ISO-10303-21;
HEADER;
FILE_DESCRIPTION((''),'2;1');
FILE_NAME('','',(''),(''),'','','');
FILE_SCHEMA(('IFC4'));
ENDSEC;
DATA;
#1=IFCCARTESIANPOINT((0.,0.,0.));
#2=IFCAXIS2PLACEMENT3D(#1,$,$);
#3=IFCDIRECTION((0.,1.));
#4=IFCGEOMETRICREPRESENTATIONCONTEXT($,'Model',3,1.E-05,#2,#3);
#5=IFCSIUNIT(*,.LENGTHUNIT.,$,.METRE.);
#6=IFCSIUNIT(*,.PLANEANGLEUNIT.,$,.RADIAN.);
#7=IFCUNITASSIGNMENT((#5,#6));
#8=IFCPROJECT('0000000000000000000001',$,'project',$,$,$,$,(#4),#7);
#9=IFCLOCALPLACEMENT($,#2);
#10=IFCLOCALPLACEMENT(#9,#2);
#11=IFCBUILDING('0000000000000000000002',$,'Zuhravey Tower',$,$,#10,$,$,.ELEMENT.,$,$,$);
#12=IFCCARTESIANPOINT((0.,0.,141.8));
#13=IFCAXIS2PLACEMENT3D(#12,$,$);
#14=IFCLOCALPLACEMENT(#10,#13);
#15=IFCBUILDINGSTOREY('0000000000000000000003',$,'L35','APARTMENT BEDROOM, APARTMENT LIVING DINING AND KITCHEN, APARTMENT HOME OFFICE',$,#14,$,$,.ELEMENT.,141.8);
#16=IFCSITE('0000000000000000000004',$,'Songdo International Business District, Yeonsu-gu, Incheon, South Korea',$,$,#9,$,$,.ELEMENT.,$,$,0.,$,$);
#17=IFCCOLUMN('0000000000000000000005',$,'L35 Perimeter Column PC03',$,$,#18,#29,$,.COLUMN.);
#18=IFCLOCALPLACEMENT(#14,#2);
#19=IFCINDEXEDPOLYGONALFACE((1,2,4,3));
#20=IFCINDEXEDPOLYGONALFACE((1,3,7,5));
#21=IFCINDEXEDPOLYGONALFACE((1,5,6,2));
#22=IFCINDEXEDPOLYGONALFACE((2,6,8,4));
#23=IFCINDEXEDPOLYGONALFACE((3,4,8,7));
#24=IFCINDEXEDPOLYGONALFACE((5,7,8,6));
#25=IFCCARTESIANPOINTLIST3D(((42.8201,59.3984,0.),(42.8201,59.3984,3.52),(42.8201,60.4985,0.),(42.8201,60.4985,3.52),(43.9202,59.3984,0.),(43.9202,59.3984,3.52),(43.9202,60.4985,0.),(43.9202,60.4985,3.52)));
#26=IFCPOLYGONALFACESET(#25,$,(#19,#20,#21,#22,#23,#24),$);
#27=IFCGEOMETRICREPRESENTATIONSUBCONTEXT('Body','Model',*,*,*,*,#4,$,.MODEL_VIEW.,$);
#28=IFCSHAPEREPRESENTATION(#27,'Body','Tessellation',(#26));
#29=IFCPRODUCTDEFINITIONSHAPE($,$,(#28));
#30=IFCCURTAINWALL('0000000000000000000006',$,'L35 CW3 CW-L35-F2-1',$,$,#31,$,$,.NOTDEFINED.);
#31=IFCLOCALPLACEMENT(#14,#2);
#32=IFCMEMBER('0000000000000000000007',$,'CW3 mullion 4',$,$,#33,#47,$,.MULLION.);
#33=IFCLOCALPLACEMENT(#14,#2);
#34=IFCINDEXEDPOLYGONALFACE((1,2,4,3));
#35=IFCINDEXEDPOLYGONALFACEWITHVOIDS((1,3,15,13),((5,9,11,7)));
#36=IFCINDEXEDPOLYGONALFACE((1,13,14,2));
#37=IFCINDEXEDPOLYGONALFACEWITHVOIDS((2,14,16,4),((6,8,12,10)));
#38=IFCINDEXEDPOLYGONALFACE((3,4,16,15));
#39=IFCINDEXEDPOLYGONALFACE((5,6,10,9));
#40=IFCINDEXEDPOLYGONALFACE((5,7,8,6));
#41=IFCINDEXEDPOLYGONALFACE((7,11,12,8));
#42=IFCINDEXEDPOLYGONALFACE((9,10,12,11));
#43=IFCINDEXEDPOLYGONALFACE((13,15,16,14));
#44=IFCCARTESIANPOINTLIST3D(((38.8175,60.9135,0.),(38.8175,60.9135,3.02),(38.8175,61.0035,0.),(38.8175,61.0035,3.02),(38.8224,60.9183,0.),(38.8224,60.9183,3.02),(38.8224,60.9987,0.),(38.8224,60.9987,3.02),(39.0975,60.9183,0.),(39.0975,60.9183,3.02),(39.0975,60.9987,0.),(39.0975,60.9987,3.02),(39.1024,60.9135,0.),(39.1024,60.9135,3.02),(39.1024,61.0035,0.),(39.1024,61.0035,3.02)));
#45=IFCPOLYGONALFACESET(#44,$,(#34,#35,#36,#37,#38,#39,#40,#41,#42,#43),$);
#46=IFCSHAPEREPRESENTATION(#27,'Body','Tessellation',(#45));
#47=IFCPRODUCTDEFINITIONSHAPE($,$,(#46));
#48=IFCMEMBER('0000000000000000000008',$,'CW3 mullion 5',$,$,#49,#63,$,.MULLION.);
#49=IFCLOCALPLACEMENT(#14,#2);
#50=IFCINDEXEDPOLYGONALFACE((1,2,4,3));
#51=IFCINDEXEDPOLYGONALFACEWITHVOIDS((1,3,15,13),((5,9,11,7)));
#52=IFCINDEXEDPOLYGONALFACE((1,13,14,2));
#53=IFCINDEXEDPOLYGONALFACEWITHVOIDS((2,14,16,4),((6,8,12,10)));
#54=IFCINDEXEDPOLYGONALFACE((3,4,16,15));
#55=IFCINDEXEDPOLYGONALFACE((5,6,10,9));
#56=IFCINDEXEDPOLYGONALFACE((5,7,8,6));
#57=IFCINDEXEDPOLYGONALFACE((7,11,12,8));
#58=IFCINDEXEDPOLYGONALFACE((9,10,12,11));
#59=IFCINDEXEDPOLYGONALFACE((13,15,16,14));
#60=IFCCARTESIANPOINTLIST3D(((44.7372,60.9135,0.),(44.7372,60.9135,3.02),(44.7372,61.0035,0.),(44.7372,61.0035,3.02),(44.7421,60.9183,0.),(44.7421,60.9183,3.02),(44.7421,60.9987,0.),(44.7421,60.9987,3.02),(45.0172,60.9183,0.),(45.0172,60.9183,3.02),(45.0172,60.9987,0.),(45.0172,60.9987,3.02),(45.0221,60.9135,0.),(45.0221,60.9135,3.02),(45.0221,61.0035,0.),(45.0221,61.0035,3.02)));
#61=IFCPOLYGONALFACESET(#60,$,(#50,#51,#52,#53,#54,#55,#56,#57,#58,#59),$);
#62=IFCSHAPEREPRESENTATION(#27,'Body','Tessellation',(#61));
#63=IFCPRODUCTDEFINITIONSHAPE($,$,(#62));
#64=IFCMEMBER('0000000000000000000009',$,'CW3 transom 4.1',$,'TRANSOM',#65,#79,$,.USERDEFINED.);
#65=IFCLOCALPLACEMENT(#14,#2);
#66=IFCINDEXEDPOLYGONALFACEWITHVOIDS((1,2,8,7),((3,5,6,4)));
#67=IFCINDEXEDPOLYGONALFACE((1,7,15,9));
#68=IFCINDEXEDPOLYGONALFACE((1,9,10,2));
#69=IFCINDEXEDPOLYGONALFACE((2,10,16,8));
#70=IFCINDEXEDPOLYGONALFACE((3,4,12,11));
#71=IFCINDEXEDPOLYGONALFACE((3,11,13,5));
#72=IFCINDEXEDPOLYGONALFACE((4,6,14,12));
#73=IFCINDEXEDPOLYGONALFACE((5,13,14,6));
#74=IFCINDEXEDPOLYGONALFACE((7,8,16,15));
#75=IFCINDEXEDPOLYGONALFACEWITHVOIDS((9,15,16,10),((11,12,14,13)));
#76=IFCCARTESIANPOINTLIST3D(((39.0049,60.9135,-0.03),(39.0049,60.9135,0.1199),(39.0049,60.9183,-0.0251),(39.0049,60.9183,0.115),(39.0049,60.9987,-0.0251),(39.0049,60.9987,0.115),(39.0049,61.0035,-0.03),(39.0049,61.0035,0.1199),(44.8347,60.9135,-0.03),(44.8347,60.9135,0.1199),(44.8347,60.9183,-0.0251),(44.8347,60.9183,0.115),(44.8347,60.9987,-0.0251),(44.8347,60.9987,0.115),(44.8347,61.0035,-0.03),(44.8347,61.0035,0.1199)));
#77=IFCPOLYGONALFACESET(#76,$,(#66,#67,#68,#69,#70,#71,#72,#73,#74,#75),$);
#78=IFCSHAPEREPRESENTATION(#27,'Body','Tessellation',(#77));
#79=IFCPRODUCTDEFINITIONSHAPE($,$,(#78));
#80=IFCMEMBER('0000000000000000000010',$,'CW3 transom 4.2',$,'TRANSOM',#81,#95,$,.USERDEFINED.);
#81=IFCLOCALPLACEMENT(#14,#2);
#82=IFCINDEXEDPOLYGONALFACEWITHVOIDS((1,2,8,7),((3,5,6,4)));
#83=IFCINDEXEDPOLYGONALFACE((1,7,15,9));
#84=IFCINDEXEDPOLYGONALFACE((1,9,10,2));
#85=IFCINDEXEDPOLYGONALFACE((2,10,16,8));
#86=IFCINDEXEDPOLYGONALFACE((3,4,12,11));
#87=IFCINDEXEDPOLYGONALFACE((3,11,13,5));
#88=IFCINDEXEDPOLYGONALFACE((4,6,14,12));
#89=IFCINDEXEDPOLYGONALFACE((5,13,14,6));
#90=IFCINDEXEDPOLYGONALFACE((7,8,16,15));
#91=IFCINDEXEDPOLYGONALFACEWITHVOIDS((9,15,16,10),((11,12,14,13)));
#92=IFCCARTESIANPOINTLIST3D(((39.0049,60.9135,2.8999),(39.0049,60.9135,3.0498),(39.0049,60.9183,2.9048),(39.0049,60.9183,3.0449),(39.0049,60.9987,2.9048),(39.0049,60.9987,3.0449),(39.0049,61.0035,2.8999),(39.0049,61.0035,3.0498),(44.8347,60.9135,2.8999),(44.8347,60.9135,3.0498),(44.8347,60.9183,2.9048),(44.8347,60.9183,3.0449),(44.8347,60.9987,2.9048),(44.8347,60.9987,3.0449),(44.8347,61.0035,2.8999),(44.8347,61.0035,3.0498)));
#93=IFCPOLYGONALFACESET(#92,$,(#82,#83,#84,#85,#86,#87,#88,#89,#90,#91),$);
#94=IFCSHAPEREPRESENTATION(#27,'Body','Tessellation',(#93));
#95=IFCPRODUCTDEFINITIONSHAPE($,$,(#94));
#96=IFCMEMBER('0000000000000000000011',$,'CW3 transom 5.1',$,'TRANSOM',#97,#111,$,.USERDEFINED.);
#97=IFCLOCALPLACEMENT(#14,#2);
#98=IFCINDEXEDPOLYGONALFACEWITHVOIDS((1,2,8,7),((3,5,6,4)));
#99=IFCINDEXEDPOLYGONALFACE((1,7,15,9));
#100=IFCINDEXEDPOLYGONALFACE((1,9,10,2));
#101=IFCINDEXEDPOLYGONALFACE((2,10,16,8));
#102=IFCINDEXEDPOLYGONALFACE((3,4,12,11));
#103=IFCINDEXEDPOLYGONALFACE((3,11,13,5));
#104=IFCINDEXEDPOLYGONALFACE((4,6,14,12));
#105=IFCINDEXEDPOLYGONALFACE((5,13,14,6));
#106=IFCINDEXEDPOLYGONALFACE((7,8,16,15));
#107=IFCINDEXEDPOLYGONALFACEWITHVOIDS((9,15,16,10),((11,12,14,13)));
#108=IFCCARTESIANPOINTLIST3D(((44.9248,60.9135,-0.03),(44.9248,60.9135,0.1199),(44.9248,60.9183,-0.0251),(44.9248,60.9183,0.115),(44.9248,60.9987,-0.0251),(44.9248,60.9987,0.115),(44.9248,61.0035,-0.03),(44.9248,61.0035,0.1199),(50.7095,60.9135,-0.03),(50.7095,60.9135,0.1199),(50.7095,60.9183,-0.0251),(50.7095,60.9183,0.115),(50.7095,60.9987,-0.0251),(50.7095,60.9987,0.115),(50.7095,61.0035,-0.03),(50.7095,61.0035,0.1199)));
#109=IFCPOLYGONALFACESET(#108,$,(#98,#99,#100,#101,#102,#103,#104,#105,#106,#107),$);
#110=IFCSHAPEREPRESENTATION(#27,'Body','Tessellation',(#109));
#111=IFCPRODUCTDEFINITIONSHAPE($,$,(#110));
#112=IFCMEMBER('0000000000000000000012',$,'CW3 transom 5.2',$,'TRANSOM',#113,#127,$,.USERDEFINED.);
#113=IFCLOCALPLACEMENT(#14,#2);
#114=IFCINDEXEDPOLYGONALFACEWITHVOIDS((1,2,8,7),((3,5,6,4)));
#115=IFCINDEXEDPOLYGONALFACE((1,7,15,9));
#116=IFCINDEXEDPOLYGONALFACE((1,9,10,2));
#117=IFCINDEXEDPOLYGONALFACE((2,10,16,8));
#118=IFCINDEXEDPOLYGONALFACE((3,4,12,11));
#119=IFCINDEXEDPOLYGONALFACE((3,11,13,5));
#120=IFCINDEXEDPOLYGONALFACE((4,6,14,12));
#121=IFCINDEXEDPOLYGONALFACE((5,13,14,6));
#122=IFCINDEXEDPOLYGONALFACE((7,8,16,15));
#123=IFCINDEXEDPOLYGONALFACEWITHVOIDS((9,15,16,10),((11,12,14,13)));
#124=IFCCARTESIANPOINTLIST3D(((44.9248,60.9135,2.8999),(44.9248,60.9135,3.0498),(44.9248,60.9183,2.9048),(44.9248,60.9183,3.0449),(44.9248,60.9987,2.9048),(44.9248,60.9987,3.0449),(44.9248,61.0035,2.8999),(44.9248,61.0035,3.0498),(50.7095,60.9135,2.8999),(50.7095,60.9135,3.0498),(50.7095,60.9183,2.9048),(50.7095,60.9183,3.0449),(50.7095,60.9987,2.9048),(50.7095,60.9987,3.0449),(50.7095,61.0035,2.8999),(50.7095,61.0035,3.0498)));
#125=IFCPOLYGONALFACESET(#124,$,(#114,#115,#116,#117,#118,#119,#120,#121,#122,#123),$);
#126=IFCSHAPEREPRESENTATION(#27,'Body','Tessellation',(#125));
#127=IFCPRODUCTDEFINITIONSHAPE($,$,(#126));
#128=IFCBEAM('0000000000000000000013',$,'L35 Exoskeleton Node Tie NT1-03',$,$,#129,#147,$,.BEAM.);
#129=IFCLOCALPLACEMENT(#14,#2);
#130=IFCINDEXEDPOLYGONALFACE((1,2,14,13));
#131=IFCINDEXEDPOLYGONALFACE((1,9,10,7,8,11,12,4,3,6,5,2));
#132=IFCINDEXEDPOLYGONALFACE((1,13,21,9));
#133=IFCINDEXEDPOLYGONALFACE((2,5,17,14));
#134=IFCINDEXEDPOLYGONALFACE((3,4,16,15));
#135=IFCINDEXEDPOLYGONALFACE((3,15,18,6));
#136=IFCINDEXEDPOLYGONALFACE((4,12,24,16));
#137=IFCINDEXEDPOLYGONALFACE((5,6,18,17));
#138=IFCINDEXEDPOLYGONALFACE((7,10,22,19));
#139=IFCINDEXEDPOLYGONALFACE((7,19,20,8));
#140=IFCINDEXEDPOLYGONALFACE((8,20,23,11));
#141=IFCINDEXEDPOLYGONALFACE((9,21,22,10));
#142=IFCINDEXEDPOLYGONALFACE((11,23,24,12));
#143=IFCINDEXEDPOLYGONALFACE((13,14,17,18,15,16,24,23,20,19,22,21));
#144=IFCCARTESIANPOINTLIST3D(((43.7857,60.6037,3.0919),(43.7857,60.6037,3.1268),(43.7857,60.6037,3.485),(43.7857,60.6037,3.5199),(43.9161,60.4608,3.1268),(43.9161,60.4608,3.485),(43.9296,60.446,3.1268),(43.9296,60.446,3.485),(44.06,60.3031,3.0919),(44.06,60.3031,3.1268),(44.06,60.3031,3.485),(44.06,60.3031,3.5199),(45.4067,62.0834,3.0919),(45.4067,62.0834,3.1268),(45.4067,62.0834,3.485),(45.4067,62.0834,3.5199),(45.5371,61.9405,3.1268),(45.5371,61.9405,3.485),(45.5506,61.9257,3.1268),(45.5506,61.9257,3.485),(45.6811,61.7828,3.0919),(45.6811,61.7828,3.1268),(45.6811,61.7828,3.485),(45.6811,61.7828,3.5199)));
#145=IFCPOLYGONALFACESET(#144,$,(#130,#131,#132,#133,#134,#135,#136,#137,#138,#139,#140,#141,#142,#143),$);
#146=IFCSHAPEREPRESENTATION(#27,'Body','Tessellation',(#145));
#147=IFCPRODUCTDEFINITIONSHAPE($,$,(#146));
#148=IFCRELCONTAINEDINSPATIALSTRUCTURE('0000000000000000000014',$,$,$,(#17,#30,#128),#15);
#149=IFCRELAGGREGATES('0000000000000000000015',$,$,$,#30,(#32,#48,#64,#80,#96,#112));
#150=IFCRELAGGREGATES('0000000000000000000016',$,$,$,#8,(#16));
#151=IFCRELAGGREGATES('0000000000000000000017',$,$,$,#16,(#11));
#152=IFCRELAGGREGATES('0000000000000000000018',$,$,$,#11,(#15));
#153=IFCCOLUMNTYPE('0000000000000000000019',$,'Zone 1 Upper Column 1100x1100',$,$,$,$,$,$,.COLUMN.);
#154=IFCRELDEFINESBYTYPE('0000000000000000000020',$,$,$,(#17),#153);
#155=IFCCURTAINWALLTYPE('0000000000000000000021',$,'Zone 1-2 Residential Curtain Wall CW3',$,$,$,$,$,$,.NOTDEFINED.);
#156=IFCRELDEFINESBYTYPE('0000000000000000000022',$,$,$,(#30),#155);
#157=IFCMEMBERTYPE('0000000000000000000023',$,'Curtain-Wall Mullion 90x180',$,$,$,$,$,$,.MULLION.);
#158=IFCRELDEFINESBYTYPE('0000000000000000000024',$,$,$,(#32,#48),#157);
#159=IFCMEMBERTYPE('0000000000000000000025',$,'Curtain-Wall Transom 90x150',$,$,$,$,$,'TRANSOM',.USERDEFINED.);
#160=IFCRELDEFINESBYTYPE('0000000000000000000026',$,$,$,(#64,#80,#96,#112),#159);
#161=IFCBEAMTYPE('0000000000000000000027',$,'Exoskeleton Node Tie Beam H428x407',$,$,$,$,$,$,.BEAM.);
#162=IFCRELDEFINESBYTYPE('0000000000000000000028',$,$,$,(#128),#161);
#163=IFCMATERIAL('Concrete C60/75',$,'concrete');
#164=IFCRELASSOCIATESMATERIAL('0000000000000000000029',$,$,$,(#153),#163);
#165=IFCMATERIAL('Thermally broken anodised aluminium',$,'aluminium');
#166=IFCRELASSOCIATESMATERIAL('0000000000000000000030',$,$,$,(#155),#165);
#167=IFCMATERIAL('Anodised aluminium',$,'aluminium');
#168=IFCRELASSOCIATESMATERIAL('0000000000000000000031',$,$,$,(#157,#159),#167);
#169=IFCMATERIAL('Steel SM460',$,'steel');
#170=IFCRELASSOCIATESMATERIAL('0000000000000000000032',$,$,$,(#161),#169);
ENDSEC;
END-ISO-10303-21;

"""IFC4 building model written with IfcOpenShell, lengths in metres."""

from ifc_helpers import new_model, si_unit, direction, frame, origin, origin_2d, place, context, subcontext, project, spatial, rectangle, hollow_rectangle, i_section, extrude, material, material_profile, profile_set, type_object, element, aggregate, save


model = new_model("IFC4")

# Units and contexts
model_context = context("Model", 3, precision=1e-05, world=origin(), true_north=direction((0.0, 1.0)))
body_context = subcontext(model_context, "Body", "Model", "MODEL_VIEW")
ifc_project = project(units=[si_unit("LENGTHUNIT", "METRE"), si_unit("PLANEANGLEUNIT", "RADIAN")], contexts=[model_context])

# Site, building, storey
site_placement = place(None, origin())
site = spatial("IfcSite", under=ifc_project, at=site_placement, Name="Songdo International Business District, Yeonsu-gu, Incheon, South Korea", CompositionType="ELEMENT", RefElevation=0.0)
building_placement = place(site_placement, origin())
building = spatial("IfcBuilding", under=site, at=building_placement, Name="Zuhravey Tower", CompositionType="ELEMENT")
storey_placement = place(building_placement, frame((0.0, 0.0, 141.8)))
storey = spatial("IfcBuildingStorey", under=building, at=storey_placement, Name="L35", Description="APARTMENT BEDROOM, APARTMENT LIVING DINING AND KITCHEN, APARTMENT HOME OFFICE", CompositionType="ELEMENT", Elevation=141.8)

# Column
ifc_material_1 = material(Name="Concrete C60/75", Category="concrete")
ifc_material_profile_1 = material_profile(ifc_material_1, rectangle(XDim=1.1001, YDim=1.1001, at=origin_2d()), Name="RC-1100x1100")
ifc_profile_set_1 = profile_set([ifc_material_profile_1], Name="Concrete C60/75")
column_type = type_object("IfcColumnType", Name="Zone 1 Upper Column 1100x1100", PredefinedType="COLUMN", material=ifc_profile_set_1)
column_placement = place(storey_placement, frame((43.3701, 59.9485, 0.0), z_axis=(0.0, 0.0, 1.0), x_axis=(-1.0, 0.0, 0.0)))
element("IfcColumn", 1, at=column_placement, inside=storey, type_object=column_type, Name="L35 Perimeter Column PC03", PredefinedType="COLUMN", context=body_context, shape_type="SweptSolid", body=[
    extrude(rectangle(XDim=1.1001, YDim=1.1001, at=origin_2d()), origin(), (0.0, 0.0, 1.0), 3.52),
])

# Curtain wall, members
ifc_material_2 = material(Name="Thermally broken anodised aluminium", Category="aluminium")
curtain_wall_type = type_object("IfcCurtainWallType", Name="Zone 1-2 Residential Curtain Wall CW3", PredefinedType="NOTDEFINED", material=ifc_material_2)
curtain_wall_placement = place(storey_placement, origin())
curtain_wall = element("IfcCurtainWall", 2, at=curtain_wall_placement, inside=storey, type_object=curtain_wall_type, Name="L35 CW3 CW-L35-F2-1", PredefinedType="NOTDEFINED")
ifc_material_3 = material(Name="Anodised aluminium", Category="aluminium")
ifc_material_profile_2 = material_profile(ifc_material_3, hollow_rectangle(XDim=0.0901, YDim=0.2849, WallThickness=0.0049, at=origin_2d()), Name="ALU-RHS-90x285x5")
ifc_profile_set_2 = profile_set([ifc_material_profile_2], Name="Anodised aluminium")
member_type_1 = type_object("IfcMemberType", Name="Curtain-Wall Mullion 90x180", PredefinedType="MULLION", material=ifc_profile_set_2)
member_1_placement = place(storey_placement, frame((38.96, 60.9585, 0.0), z_axis=(0.0, 0.0, 1.0), x_axis=(0.0, 1.0, 0.0)))
member_1 = element("IfcMember", 3, at=member_1_placement, type_object=member_type_1, Name="CW3 mullion 4", PredefinedType="MULLION", context=body_context, shape_type="SweptSolid", body=[
    extrude(hollow_rectangle(XDim=0.0901, YDim=0.2849, WallThickness=0.0049, at=origin_2d()), origin(), (0.0, 0.0, 1.0), 3.02),
])
member_2_placement = place(storey_placement, frame((44.8796, 60.9585, 0.0), z_axis=(0.0, 0.0, 1.0), x_axis=(0.0, 1.0, 0.0)))
member_2 = element("IfcMember", 4, at=member_2_placement, type_object=member_type_1, Name="CW3 mullion 5", PredefinedType="MULLION", context=body_context, shape_type="SweptSolid", body=[
    extrude(hollow_rectangle(XDim=0.0901, YDim=0.2849, WallThickness=0.0049, at=origin_2d()), origin(), (0.0, 0.0, 1.0), 3.02),
])
ifc_material_profile_3 = material_profile(ifc_material_3, hollow_rectangle(XDim=0.0901, YDim=0.1499, WallThickness=0.0049, at=origin_2d()), Name="ALU-RHS-90x150x5")
ifc_profile_set_3 = profile_set([ifc_material_profile_3], Name="Anodised aluminium")
member_type_2 = type_object("IfcMemberType", Name="Curtain-Wall Transom 90x150", ElementType="TRANSOM", PredefinedType="USERDEFINED", material=ifc_profile_set_3)
member_3_placement = place(storey_placement, frame((39.0049, 60.9585, 0.0449), z_axis=(1.0, 0.0, 0.0), x_axis=(0.0, 1.0, 0.0)))
member_3 = element("IfcMember", 5, at=member_3_placement, type_object=member_type_2, Name="CW3 transom 4.1", ObjectType="TRANSOM", PredefinedType="USERDEFINED", context=body_context, shape_type="SweptSolid", body=[
    extrude(hollow_rectangle(XDim=0.0901, YDim=0.1499, WallThickness=0.0049, at=origin_2d()), origin(), (0.0, 0.0, 1.0), 5.8298),
])
member_4_placement = place(storey_placement, frame((39.0049, 60.9585, 2.9749), z_axis=(1.0, 0.0, 0.0), x_axis=(0.0, 1.0, 0.0)))
member_4 = element("IfcMember", 6, at=member_4_placement, type_object=member_type_2, Name="CW3 transom 4.2", ObjectType="TRANSOM", PredefinedType="USERDEFINED", context=body_context, shape_type="SweptSolid", body=[
    extrude(hollow_rectangle(XDim=0.0901, YDim=0.1499, WallThickness=0.0049, at=origin_2d()), origin(), (0.0, 0.0, 1.0), 5.8298),
])
member_5_placement = place(storey_placement, frame((44.9248, 60.9585, 0.0449), z_axis=(1.0, 0.0, 0.0), x_axis=(0.0, 1.0, 0.0)))
member_5 = element("IfcMember", 7, at=member_5_placement, type_object=member_type_2, Name="CW3 transom 5.1", ObjectType="TRANSOM", PredefinedType="USERDEFINED", context=body_context, shape_type="SweptSolid", body=[
    extrude(hollow_rectangle(XDim=0.0901, YDim=0.1499, WallThickness=0.0049, at=origin_2d()), origin(), (0.0, 0.0, 1.0), 5.7847),
])
member_6_placement = place(storey_placement, frame((44.9248, 60.9585, 2.9749), z_axis=(1.0, 0.0, 0.0), x_axis=(0.0, 1.0, 0.0)))
member_6 = element("IfcMember", 8, at=member_6_placement, type_object=member_type_2, Name="CW3 transom 5.2", ObjectType="TRANSOM", PredefinedType="USERDEFINED", context=body_context, shape_type="SweptSolid", body=[
    extrude(hollow_rectangle(XDim=0.0901, YDim=0.1499, WallThickness=0.0049, at=origin_2d()), origin(), (0.0, 0.0, 1.0), 5.7847),
])

# Beam
ifc_material_4 = material(Name="Steel SM460", Category="steel")
ifc_material_profile_4 = material_profile(ifc_material_4, i_section(OverallWidth=0.407, OverallDepth=0.428, WebThickness=0.02, FlangeThickness=0.0349, at=origin_2d()), Name="H-428x407x20x35")
ifc_profile_set_4 = profile_set([ifc_material_profile_4], Name="Steel SM460")
beam_type_1 = type_object("IfcBeamType", Name="Exoskeleton Node Tie Beam H428x407", PredefinedType="BEAM", material=ifc_profile_set_4)
beam_1_placement = place(storey_placement, frame((43.9229, 60.4534, 3.3059), z_axis=(0.738575, 0.674172, 0.0), x_axis=(-0.674172, 0.738575, 0.0)))
element("IfcBeam", 9, at=beam_1_placement, inside=storey, type_object=beam_type_1, Name="L35 Exoskeleton Node Tie NT1-03", PredefinedType="BEAM", context=body_context, shape_type="SweptSolid", body=[
    extrude(i_section(OverallWidth=0.407, OverallDepth=0.428, WebThickness=0.02, FlangeThickness=0.0349, at=origin_2d()), origin(), (0.0, 0.0, 1.0), 2.1948),
])

aggregate(curtain_wall, [member_1, member_2, member_3, member_4, member_5, member_6])

save(model, "model.ifc")
